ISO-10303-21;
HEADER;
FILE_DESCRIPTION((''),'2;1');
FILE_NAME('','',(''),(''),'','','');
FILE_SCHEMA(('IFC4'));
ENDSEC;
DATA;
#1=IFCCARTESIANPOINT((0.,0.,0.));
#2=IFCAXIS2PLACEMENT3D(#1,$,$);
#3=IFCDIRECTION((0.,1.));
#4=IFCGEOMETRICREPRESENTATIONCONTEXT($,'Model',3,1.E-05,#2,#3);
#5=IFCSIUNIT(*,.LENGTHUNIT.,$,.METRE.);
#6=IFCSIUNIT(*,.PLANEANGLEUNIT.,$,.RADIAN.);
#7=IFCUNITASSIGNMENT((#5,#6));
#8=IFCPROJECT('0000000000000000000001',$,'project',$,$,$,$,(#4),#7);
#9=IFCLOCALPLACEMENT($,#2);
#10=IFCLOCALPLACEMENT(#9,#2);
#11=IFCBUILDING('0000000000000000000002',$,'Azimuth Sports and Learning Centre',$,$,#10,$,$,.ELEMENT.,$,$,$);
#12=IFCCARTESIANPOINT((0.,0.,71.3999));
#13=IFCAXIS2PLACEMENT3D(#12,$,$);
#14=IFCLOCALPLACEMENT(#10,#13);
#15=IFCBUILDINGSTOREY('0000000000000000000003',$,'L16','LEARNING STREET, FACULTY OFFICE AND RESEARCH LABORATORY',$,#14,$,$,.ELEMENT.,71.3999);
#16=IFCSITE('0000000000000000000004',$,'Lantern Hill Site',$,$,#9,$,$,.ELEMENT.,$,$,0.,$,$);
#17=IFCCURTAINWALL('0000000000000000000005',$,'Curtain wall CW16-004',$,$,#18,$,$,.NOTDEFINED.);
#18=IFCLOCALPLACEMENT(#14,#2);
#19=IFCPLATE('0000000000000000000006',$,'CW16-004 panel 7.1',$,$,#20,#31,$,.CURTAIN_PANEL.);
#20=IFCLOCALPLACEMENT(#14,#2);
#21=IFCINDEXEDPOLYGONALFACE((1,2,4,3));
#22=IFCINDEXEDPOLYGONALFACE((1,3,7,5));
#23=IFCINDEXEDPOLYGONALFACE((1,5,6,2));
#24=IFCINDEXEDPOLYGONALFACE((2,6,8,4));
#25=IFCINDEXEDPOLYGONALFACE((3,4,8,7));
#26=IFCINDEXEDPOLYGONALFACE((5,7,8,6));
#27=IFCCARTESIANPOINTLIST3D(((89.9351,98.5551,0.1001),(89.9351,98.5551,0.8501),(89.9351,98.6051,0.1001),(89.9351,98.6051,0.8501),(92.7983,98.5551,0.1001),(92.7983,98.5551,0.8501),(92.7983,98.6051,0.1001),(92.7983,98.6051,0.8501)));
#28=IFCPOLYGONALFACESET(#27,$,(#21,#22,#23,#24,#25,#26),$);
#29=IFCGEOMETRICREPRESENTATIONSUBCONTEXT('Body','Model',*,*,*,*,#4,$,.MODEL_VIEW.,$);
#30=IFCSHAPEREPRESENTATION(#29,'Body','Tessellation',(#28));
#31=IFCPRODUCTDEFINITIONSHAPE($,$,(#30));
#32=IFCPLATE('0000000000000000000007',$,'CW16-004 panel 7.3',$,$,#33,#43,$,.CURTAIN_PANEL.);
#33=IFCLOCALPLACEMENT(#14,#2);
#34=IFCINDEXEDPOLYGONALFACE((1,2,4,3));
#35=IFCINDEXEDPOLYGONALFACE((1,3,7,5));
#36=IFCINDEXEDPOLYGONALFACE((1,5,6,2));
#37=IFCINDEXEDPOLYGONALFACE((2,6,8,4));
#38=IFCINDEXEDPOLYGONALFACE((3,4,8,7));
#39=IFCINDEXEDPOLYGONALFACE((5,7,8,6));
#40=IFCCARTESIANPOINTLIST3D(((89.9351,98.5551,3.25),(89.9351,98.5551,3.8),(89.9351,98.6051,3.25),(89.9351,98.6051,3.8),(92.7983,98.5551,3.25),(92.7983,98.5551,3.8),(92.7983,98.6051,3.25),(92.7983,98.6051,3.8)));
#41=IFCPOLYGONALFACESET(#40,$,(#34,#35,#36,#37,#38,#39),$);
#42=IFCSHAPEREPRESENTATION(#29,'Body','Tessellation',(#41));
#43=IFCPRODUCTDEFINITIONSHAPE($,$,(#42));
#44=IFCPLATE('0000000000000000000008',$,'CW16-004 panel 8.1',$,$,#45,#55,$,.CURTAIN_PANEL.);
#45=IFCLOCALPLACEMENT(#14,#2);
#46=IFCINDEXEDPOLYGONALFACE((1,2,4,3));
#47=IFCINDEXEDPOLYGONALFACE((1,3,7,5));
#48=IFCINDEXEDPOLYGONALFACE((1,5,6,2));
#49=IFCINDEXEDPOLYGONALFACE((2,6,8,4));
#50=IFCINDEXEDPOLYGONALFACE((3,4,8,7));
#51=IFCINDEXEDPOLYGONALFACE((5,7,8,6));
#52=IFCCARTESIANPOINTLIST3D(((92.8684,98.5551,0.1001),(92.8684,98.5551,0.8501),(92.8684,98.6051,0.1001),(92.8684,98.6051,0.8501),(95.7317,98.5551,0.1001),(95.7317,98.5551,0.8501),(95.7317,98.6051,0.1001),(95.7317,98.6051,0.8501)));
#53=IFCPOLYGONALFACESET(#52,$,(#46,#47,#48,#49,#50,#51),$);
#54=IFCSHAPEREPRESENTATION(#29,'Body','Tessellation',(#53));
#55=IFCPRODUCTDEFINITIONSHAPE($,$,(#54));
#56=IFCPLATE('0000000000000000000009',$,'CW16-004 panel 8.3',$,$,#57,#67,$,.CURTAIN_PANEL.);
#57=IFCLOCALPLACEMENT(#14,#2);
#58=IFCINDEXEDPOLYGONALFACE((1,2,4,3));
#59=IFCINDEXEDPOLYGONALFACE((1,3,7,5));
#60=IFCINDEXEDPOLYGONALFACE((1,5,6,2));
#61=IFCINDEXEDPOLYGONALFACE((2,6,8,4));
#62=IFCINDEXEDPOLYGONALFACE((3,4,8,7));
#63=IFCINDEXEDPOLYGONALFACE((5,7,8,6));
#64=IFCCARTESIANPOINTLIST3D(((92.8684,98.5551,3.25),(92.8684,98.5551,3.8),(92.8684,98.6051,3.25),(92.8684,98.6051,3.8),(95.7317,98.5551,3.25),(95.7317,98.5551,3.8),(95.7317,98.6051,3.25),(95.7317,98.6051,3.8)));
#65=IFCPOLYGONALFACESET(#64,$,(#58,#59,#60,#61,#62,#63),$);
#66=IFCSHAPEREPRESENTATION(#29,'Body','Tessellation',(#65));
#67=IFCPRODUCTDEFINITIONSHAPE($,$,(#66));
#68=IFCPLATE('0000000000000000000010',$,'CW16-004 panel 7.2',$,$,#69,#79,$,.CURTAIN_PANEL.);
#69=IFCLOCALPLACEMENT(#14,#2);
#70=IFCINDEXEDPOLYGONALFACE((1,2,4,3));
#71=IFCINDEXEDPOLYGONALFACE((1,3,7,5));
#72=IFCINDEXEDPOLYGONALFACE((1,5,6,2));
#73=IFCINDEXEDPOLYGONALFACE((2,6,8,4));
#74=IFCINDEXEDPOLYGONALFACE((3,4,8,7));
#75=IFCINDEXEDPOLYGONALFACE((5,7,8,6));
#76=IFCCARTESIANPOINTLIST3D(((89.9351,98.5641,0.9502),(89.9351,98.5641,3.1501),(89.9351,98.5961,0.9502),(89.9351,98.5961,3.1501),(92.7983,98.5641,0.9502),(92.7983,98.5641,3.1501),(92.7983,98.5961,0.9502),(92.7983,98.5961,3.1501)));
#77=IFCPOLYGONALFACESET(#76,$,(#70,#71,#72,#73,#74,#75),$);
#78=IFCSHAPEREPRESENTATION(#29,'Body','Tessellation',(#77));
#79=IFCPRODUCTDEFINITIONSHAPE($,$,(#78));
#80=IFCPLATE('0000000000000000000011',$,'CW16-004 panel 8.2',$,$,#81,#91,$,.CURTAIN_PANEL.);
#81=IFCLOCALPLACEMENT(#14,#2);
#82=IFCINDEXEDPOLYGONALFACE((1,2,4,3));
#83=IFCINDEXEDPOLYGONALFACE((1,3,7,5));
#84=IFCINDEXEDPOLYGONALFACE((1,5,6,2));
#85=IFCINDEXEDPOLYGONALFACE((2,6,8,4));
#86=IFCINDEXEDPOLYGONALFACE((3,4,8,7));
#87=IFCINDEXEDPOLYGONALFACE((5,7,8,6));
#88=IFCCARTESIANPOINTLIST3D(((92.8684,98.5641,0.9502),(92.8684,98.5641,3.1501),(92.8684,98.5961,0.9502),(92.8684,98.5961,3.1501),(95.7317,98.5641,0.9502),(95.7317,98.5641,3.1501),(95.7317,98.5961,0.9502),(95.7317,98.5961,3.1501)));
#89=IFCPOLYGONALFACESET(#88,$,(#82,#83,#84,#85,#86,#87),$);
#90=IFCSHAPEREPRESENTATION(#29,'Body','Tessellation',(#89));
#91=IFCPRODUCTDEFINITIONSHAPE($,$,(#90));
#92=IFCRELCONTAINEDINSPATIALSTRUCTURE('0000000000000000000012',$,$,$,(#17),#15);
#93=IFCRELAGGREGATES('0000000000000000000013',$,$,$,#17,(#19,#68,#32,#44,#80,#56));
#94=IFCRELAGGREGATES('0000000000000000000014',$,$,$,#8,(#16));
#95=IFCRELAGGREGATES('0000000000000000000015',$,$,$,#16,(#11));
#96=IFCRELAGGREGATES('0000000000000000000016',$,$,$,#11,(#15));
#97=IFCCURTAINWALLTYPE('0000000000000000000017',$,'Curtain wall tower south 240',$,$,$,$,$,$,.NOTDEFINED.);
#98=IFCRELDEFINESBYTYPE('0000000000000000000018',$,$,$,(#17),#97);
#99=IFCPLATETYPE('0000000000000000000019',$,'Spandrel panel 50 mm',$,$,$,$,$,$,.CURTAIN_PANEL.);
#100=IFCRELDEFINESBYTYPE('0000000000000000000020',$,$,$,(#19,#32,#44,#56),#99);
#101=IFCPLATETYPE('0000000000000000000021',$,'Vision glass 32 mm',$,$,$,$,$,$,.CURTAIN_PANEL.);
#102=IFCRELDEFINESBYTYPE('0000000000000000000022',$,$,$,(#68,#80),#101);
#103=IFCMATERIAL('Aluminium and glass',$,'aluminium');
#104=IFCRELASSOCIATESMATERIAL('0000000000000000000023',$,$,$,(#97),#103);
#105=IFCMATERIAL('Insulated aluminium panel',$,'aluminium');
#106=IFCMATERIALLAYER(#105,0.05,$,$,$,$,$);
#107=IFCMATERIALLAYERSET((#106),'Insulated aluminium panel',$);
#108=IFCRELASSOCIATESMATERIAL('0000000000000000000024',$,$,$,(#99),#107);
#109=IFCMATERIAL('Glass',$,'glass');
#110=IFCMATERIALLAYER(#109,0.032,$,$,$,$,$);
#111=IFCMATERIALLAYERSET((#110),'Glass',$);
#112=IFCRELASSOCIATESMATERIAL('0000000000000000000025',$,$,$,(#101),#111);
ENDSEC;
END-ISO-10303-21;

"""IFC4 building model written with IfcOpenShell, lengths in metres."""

from ifc_helpers import new_model, si_unit, direction, frame, origin, origin_2d, place, context, subcontext, project, spatial, rectangle, extrude, material, layer, layer_set, type_object, element, aggregate, save


model = new_model("IFC4")

# Units and contexts
model_context = context("Model", 3, precision=1e-05, world=origin(), true_north=direction((0.0, 1.0)))
body_context = subcontext(model_context, "Body", "Model", "MODEL_VIEW")
ifc_project = project(units=[si_unit("LENGTHUNIT", "METRE"), si_unit("PLANEANGLEUNIT", "RADIAN")], contexts=[model_context])

# Site, building, storey
site_placement = place(None, origin())
site = spatial("IfcSite", under=ifc_project, at=site_placement, Name="Lantern Hill Site", CompositionType="ELEMENT", RefElevation=0.0)
building_placement = place(site_placement, origin())
building = spatial("IfcBuilding", under=site, at=building_placement, Name="Azimuth Sports and Learning Centre", CompositionType="ELEMENT")
storey_placement = place(building_placement, frame((0.0, 0.0, 71.3999)))
storey = spatial("IfcBuildingStorey", under=building, at=storey_placement, Name="L16", Description="LEARNING STREET, FACULTY OFFICE AND RESEARCH LABORATORY", CompositionType="ELEMENT", Elevation=71.3999)

# Curtain wall, plates
ifc_material_1 = material(Name="Aluminium and glass", Category="aluminium")
curtain_wall_type = type_object("IfcCurtainWallType", Name="Curtain wall tower south 240", PredefinedType="NOTDEFINED", material=ifc_material_1)
curtain_wall_placement = place(storey_placement, origin())
curtain_wall = element("IfcCurtainWall", 1, at=curtain_wall_placement, inside=storey, type_object=curtain_wall_type, Name="Curtain wall CW16-004", PredefinedType="NOTDEFINED")
ifc_material_2 = material(Name="Insulated aluminium panel", Category="aluminium")
ifc_layer_1 = layer(ifc_material_2, 0.05)
ifc_layer_set_1 = layer_set([ifc_layer_1], Name="Insulated aluminium panel")
plate_type_1 = type_object("IfcPlateType", Name="Spandrel panel 50 mm", PredefinedType="CURTAIN_PANEL", material=ifc_layer_set_1)
plate_1_placement = place(storey_placement, frame((91.3667, 98.5801, 0.1001), z_axis=(0.0, 0.0, 1.0), x_axis=(1.0, 0.0, 0.0)))
plate_1 = element("IfcPlate", 2, at=plate_1_placement, type_object=plate_type_1, Name="CW16-004 panel 7.1", PredefinedType="CURTAIN_PANEL", context=body_context, shape_type="SweptSolid", body=[
    extrude(rectangle(XDim=2.8633, YDim=0.05, at=origin_2d()), origin(), (0.0, 0.0, 1.0), 0.75),
])
plate_2_placement = place(storey_placement, frame((91.3667, 98.5801, 3.25), z_axis=(0.0, 0.0, 1.0), x_axis=(1.0, 0.0, 0.0)))
plate_2 = element("IfcPlate", 3, at=plate_2_placement, type_object=plate_type_1, Name="CW16-004 panel 7.3", PredefinedType="CURTAIN_PANEL", context=body_context, shape_type="SweptSolid", body=[
    extrude(rectangle(XDim=2.8633, YDim=0.05, at=origin_2d()), origin(), (0.0, 0.0, 1.0), 0.55),
])
plate_3_placement = place(storey_placement, frame((94.3, 98.5801, 0.1001), z_axis=(0.0, 0.0, 1.0), x_axis=(1.0, 0.0, 0.0)))
plate_3 = element("IfcPlate", 4, at=plate_3_placement, type_object=plate_type_1, Name="CW16-004 panel 8.1", PredefinedType="CURTAIN_PANEL", context=body_context, shape_type="SweptSolid", body=[
    extrude(rectangle(XDim=2.8633, YDim=0.05, at=origin_2d()), origin(), (0.0, 0.0, 1.0), 0.75),
])
plate_4_placement = place(storey_placement, frame((94.3, 98.5801, 3.25), z_axis=(0.0, 0.0, 1.0), x_axis=(1.0, 0.0, 0.0)))
plate_4 = element("IfcPlate", 5, at=plate_4_placement, type_object=plate_type_1, Name="CW16-004 panel 8.3", PredefinedType="CURTAIN_PANEL", context=body_context, shape_type="SweptSolid", body=[
    extrude(rectangle(XDim=2.8633, YDim=0.05, at=origin_2d()), origin(), (0.0, 0.0, 1.0), 0.55),
])
ifc_material_3 = material(Name="Glass", Category="glass")
ifc_layer_2 = layer(ifc_material_3, 0.032)
ifc_layer_set_2 = layer_set([ifc_layer_2], Name="Glass")
plate_type_2 = type_object("IfcPlateType", Name="Vision glass 32 mm", PredefinedType="CURTAIN_PANEL", material=ifc_layer_set_2)
plate_5_placement = place(storey_placement, frame((91.3667, 98.5801, 0.9502), z_axis=(0.0, 0.0, 1.0), x_axis=(1.0, 0.0, 0.0)))
plate_5 = element("IfcPlate", 6, at=plate_5_placement, type_object=plate_type_2, Name="CW16-004 panel 7.2", PredefinedType="CURTAIN_PANEL", context=body_context, shape_type="SweptSolid", body=[
    extrude(rectangle(XDim=2.8633, YDim=0.032, at=origin_2d()), origin(), (0.0, 0.0, 1.0), 2.2),
])
plate_6_placement = place(storey_placement, frame((94.3, 98.5801, 0.9502), z_axis=(0.0, 0.0, 1.0), x_axis=(1.0, 0.0, 0.0)))
plate_6 = element("IfcPlate", 7, at=plate_6_placement, type_object=plate_type_2, Name="CW16-004 panel 8.2", PredefinedType="CURTAIN_PANEL", context=body_context, shape_type="SweptSolid", body=[
    extrude(rectangle(XDim=2.8633, YDim=0.032, at=origin_2d()), origin(), (0.0, 0.0, 1.0), 2.2),
])
aggregate(curtain_wall, [plate_1, plate_5, plate_2, plate_3, plate_6, plate_4])

save(model, "model.ifc")
